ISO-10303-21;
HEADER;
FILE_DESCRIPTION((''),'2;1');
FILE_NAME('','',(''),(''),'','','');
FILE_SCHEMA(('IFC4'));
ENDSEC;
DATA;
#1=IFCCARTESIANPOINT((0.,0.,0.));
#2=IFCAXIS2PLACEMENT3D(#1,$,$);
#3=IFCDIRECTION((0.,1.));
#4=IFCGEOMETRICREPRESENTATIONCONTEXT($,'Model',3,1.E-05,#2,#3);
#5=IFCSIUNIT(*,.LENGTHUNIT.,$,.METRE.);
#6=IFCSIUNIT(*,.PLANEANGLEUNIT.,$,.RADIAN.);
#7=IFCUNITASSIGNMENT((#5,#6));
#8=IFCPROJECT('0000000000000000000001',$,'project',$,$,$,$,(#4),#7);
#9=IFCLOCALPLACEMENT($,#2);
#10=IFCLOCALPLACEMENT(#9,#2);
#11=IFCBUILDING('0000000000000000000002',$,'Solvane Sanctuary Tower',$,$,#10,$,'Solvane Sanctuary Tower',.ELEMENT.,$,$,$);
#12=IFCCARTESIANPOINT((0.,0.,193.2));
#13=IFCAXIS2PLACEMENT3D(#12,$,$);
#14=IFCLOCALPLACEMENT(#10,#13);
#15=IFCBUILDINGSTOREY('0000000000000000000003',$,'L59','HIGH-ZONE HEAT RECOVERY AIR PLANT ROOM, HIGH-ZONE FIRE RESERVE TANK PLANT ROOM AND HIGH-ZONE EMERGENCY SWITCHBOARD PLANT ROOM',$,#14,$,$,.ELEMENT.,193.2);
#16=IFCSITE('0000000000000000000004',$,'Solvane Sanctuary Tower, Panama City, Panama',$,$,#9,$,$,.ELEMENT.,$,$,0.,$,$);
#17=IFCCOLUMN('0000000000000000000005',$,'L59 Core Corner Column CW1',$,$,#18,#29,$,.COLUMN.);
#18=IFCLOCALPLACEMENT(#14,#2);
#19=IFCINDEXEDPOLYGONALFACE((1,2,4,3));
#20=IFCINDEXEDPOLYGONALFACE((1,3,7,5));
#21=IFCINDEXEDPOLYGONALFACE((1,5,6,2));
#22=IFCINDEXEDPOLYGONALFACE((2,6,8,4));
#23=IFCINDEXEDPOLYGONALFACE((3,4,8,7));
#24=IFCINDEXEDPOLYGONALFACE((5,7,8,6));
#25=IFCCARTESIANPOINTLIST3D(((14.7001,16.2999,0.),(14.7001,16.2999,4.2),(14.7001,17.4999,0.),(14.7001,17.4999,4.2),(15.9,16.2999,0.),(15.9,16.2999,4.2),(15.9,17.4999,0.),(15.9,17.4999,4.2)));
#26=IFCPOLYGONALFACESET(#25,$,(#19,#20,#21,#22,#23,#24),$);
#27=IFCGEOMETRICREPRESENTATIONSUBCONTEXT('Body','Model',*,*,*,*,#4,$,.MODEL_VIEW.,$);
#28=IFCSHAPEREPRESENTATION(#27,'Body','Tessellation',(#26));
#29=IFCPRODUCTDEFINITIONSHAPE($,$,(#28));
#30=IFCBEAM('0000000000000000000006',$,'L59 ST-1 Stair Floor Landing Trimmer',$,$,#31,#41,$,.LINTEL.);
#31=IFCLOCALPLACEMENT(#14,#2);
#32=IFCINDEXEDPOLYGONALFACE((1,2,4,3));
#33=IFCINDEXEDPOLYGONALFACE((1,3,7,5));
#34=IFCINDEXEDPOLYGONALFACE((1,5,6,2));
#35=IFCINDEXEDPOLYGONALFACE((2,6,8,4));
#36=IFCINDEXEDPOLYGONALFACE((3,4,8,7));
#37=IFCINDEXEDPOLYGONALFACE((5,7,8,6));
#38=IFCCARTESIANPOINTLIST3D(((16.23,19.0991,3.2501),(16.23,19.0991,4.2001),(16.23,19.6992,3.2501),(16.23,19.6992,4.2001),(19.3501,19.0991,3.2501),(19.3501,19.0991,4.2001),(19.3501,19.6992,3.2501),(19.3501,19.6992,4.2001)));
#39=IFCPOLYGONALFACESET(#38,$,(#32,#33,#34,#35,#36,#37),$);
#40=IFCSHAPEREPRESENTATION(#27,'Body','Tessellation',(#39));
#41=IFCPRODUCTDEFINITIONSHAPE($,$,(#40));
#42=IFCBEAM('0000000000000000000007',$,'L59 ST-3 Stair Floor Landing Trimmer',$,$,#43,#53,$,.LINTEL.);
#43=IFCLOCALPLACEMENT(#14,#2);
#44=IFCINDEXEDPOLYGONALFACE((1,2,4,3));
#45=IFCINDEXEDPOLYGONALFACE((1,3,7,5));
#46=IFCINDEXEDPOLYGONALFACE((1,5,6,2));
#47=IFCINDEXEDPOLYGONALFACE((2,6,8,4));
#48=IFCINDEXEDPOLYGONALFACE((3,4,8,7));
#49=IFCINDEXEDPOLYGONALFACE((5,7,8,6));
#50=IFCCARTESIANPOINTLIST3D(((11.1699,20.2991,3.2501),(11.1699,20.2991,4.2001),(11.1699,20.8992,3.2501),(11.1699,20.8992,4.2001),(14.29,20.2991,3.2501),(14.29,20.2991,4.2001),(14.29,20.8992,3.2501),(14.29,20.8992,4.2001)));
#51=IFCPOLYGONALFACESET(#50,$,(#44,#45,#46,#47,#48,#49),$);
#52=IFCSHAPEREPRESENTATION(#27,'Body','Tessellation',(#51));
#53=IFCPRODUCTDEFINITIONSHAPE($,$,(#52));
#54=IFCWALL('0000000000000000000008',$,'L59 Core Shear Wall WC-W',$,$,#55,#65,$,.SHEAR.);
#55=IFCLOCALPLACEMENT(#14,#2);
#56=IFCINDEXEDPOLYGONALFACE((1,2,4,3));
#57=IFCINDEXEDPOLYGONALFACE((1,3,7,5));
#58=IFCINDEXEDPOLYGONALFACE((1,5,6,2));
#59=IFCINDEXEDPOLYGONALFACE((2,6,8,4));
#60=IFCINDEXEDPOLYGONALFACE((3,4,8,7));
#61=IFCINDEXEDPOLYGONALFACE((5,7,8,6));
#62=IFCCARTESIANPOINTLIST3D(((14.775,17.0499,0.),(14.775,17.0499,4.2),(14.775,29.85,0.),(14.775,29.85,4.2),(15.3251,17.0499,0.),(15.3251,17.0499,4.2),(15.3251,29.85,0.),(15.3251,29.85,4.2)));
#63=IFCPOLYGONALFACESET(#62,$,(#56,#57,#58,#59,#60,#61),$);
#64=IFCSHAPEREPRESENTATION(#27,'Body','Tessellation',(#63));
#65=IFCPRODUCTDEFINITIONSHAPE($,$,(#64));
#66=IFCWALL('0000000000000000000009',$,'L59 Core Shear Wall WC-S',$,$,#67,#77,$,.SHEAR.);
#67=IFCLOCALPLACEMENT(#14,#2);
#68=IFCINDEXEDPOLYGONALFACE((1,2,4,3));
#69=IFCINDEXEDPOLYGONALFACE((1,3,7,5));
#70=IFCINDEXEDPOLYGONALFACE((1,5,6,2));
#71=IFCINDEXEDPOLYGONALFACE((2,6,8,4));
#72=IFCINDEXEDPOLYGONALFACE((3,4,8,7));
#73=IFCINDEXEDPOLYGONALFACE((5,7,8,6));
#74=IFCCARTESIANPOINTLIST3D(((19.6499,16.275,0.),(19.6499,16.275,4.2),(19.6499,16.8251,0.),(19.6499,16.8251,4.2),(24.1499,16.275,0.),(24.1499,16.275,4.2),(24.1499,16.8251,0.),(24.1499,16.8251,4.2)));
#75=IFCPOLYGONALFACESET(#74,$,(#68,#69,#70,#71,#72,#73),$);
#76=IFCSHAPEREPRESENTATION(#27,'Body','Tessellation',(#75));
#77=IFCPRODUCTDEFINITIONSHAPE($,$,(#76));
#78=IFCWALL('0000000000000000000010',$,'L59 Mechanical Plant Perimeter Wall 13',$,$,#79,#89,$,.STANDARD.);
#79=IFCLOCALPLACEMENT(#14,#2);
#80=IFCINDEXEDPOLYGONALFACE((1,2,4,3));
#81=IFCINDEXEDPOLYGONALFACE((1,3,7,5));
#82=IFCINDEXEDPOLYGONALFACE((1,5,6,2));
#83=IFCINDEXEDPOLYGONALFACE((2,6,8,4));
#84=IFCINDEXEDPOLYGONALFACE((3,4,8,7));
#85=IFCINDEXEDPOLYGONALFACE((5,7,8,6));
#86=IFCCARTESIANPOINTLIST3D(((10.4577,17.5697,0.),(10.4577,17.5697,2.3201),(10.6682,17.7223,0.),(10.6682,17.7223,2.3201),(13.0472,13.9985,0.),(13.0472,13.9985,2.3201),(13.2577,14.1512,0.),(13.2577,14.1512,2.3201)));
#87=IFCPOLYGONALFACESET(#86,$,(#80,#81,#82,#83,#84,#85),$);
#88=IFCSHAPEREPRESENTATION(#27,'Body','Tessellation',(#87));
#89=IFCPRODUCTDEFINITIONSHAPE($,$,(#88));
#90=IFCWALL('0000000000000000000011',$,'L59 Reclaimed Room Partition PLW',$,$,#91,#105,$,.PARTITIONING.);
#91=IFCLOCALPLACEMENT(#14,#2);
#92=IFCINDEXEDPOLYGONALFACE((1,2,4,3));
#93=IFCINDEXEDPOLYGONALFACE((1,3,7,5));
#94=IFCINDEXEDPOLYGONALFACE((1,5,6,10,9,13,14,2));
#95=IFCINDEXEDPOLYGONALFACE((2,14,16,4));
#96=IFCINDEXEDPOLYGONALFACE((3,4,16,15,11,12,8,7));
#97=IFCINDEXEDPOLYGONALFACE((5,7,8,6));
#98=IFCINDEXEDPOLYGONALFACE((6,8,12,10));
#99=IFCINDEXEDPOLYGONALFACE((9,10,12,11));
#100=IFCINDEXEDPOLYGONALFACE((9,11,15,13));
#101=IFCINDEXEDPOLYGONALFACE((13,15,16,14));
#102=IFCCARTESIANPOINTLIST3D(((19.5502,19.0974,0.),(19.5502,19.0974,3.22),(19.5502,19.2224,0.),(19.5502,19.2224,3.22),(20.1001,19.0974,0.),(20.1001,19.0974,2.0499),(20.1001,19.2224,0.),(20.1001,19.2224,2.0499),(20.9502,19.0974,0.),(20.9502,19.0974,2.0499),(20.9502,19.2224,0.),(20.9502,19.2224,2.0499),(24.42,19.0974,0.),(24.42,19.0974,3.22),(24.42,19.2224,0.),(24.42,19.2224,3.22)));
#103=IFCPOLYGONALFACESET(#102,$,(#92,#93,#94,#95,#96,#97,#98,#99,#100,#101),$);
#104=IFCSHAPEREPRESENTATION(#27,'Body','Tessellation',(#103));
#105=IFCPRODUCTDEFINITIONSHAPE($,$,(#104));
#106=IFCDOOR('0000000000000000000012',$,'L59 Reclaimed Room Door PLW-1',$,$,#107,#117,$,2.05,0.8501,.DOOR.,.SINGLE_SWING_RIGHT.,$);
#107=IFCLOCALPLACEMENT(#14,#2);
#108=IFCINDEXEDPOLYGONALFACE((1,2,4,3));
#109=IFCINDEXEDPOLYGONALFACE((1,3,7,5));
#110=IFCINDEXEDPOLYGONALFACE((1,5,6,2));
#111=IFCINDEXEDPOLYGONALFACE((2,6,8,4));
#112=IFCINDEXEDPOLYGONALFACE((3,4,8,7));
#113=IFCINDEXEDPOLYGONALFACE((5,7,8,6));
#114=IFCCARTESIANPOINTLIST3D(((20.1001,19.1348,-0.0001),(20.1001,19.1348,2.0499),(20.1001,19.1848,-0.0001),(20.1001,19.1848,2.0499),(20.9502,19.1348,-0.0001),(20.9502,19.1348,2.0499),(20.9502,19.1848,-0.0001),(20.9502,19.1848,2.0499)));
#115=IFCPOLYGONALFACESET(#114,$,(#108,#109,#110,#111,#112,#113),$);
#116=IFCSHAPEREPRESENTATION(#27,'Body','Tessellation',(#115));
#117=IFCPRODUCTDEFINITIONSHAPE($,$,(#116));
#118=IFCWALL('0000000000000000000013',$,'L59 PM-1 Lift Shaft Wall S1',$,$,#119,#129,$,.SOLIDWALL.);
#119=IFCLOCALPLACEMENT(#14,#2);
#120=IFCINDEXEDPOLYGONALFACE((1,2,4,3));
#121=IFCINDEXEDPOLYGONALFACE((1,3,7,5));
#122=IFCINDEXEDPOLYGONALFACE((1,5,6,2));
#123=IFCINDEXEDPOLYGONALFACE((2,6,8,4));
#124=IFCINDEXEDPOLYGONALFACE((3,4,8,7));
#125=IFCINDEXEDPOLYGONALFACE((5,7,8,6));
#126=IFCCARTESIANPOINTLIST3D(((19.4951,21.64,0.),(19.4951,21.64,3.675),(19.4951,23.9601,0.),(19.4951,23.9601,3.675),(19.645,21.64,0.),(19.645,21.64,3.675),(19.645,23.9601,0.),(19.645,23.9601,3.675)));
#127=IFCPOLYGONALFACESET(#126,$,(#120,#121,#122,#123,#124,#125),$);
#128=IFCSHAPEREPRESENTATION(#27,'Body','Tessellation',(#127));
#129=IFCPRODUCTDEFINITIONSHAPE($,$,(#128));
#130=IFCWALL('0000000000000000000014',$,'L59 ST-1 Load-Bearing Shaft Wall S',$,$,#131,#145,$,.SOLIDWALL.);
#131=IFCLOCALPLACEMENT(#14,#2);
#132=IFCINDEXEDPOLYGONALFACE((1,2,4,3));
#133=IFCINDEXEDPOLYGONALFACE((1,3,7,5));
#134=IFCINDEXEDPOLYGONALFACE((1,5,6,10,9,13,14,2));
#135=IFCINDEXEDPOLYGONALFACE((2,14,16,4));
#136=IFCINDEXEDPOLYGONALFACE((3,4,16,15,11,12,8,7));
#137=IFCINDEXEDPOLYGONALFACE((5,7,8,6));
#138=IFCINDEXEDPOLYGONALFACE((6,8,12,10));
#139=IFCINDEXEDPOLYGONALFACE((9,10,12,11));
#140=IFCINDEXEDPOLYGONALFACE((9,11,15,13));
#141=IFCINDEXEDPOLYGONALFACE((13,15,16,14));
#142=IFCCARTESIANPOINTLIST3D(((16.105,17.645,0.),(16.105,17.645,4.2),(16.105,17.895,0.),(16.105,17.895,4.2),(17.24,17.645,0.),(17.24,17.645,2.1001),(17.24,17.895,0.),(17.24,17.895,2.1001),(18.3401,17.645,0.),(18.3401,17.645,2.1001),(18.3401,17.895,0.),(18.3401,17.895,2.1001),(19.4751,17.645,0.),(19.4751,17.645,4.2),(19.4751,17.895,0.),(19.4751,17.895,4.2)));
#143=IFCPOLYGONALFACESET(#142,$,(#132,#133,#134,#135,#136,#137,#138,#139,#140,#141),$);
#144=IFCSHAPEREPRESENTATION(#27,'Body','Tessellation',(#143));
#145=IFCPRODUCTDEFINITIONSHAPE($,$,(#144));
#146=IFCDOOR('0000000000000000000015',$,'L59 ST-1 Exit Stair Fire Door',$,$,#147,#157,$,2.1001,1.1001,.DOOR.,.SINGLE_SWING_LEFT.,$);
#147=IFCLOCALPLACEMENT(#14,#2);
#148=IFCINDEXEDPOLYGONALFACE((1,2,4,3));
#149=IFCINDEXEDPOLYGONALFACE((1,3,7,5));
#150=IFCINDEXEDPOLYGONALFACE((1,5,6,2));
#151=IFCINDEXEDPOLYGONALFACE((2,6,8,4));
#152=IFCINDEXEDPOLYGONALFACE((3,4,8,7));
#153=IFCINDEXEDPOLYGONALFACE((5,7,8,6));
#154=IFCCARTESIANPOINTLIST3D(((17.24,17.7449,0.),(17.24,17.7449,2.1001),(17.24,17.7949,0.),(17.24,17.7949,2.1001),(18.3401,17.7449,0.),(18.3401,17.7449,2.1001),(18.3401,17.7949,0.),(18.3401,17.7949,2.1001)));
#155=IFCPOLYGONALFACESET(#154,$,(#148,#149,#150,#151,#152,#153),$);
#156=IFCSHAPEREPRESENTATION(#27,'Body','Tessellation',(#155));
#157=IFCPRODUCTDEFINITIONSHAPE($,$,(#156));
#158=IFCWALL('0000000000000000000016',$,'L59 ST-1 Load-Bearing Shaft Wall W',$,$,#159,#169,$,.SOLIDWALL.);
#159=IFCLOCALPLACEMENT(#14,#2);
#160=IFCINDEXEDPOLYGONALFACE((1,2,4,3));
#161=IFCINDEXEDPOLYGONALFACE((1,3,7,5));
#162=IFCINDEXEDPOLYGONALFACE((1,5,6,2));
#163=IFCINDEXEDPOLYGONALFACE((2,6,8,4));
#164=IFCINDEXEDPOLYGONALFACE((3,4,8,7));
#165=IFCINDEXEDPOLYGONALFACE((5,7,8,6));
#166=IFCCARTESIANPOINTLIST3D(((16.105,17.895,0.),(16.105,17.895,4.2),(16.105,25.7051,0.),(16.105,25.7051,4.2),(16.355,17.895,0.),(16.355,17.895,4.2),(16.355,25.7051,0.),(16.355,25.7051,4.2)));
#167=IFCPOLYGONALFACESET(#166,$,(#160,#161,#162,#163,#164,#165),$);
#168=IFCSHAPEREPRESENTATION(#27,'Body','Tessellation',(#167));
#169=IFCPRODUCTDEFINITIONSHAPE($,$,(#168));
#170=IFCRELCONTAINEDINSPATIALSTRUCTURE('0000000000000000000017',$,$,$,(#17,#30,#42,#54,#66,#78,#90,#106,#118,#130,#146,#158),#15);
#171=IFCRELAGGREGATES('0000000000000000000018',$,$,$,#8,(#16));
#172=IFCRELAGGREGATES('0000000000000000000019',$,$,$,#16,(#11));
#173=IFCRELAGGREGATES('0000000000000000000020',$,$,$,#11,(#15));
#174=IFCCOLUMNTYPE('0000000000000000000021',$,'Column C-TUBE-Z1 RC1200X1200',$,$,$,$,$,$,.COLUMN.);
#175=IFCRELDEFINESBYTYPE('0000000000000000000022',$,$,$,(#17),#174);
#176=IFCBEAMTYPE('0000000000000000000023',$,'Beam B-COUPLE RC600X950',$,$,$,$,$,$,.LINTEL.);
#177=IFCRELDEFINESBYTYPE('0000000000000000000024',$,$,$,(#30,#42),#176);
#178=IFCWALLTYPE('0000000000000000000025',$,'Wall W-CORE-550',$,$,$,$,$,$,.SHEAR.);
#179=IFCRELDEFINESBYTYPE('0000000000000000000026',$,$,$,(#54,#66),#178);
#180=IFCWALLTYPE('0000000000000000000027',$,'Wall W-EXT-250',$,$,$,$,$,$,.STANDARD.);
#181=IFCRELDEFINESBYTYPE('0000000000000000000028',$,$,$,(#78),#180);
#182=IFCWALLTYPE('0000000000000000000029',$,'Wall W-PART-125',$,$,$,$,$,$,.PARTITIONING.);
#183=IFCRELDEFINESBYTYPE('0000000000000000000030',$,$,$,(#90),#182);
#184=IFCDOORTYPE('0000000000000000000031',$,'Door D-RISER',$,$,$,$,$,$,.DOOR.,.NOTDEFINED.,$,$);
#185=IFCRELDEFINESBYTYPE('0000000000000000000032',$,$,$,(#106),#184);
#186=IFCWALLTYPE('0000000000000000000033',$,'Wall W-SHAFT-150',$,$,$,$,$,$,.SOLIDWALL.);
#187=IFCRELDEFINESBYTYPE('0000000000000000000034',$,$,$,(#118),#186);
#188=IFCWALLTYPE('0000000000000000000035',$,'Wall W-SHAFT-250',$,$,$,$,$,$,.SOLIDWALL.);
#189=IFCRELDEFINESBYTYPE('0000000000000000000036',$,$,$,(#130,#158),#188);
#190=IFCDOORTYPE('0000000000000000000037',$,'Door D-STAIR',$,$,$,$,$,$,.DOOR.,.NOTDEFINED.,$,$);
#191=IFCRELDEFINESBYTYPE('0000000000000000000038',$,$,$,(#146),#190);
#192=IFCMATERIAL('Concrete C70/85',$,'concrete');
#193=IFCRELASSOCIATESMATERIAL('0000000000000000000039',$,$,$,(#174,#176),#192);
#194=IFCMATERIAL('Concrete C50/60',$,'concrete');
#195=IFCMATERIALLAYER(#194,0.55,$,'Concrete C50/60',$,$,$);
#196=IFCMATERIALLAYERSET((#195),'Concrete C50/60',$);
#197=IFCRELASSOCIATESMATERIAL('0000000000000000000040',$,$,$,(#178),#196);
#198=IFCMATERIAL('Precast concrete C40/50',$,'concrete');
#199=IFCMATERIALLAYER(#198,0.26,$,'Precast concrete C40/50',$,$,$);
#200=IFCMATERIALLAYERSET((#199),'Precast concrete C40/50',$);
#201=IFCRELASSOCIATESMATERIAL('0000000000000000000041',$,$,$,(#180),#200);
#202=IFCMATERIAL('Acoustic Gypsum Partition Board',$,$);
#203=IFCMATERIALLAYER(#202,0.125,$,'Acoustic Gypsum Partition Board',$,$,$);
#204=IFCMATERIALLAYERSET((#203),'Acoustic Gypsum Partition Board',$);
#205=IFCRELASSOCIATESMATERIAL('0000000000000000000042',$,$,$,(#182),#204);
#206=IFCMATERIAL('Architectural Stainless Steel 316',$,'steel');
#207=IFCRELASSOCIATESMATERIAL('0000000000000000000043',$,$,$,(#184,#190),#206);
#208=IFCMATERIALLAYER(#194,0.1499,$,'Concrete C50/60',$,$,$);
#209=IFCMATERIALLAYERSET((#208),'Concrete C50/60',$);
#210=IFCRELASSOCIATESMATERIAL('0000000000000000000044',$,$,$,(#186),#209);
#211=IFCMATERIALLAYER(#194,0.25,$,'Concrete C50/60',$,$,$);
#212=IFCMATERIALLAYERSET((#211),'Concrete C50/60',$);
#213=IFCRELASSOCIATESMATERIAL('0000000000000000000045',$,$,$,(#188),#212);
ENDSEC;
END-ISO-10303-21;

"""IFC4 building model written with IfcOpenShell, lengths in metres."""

from ifc_helpers import new_model, si_unit, direction, frame, frame_2d, origin, origin_2d, place, context, subcontext, project, spatial, rectangle, extrude, material, layer, layer_set, material_profile, profile_set, type_object, element, fill, save


model = new_model("IFC4")

# Units and contexts
model_context = context("Model", 3, precision=1e-05, world=origin(), true_north=direction((0.0, 1.0)))
body_context = subcontext(model_context, "Body", "Model", "MODEL_VIEW")
ifc_project = project(units=[si_unit("LENGTHUNIT", "METRE"), si_unit("PLANEANGLEUNIT", "RADIAN")], contexts=[model_context])

# Site, building, storey
site_placement = place(None, origin())
site = spatial("IfcSite", under=ifc_project, at=site_placement, Name="Solvane Sanctuary Tower, Panama City, Panama", CompositionType="ELEMENT", RefElevation=0.0)
building_placement = place(site_placement, origin())
building = spatial("IfcBuilding", under=site, at=building_placement, Name="Solvane Sanctuary Tower", LongName="Solvane Sanctuary Tower", CompositionType="ELEMENT")
storey_placement = place(building_placement, frame((0.0, 0.0, 193.2)))
storey = spatial("IfcBuildingStorey", under=building, at=storey_placement, Name="L59", Description="HIGH-ZONE HEAT RECOVERY AIR PLANT ROOM, HIGH-ZONE FIRE RESERVE TANK PLANT ROOM AND HIGH-ZONE EMERGENCY SWITCHBOARD PLANT ROOM", CompositionType="ELEMENT", Elevation=193.2)

# Column
ifc_material_1 = material(Name="Concrete C70/85", Category="concrete")
ifc_material_profile_1 = material_profile(ifc_material_1, rectangle(XDim=1.2, YDim=1.2, at=origin_2d()), Name="RC1200X1200")
ifc_profile_set_1 = profile_set([ifc_material_profile_1], Name="Concrete C70/85")
column_type = type_object("IfcColumnType", Name="Column C-TUBE-Z1 RC1200X1200", PredefinedType="COLUMN", material=ifc_profile_set_1)
column_placement = place(storey_placement, frame((15.3, 16.8999, 0.0), z_axis=(0.0, 0.0, 1.0), x_axis=(1.0, 0.0, 0.0)))
element("IfcColumn", 1, at=column_placement, inside=storey, type_object=column_type, Name="L59 Core Corner Column CW1", PredefinedType="COLUMN", context=body_context, shape_type="SweptSolid", body=[
    extrude(rectangle(XDim=1.2, YDim=1.2, at=origin_2d()), origin(), (0.0, 0.0, 1.0), 4.2),
])

# Beams
ifc_material_profile_2 = material_profile(ifc_material_1, rectangle(XDim=0.6001, YDim=0.95, at=origin_2d()), Name="RC600X950")
ifc_profile_set_2 = profile_set([ifc_material_profile_2], Name="Concrete C70/85")
beam_type = type_object("IfcBeamType", Name="Beam B-COUPLE RC600X950", PredefinedType="LINTEL", material=ifc_profile_set_2)
for number, where, z_axis, x_axis, name in (
    (2, (16.23, 19.3992, 3.7251), (1.0, 0.0, 0.0), (0.0, 1.0, 0.0), "L59 ST-1 Stair Floor Landing Trimmer"),
    (3, (11.1699, 20.5991, 3.7251), (1.0, 0.0, 0.0), (0.0, 1.0, 0.0), "L59 ST-3 Stair Floor Landing Trimmer"),
):
    element("IfcBeam", number, at=place(storey_placement, frame(where, z_axis=z_axis, x_axis=x_axis)), inside=storey, type_object=beam_type, Name=name, PredefinedType="LINTEL", context=body_context, shape_type="SweptSolid", body=[
        extrude(rectangle(XDim=0.6001, YDim=0.95, at=origin_2d()), origin(), (0.0, 0.0, 1.0), 3.1201),
    ])

# Walls
ifc_material_2 = material(Name="Concrete C50/60", Category="concrete")
ifc_layer_1 = layer(ifc_material_2, 0.55, Name="Concrete C50/60")
ifc_layer_set_1 = layer_set([ifc_layer_1], Name="Concrete C50/60")
wall_type_1 = type_object("IfcWallType", Name="Wall W-CORE-550", PredefinedType="SHEAR", material=ifc_layer_set_1)
wall_1_placement = place(storey_placement, frame((15.05, 17.05, 0.0), z_axis=(0.0, 0.0, 1.0), x_axis=(0.0, 1.0, 0.0)))
element("IfcWall", 4, at=wall_1_placement, inside=storey, type_object=wall_type_1, Name="L59 Core Shear Wall WC-W", PredefinedType="SHEAR", context=body_context, shape_type="SweptSolid", body=[
    extrude(rectangle(XDim=12.8, YDim=0.55, at=frame_2d((6.3999, 0.0))), origin(), (0.0, 0.0, 1.0), 4.2),
])
wall_2_placement = place(storey_placement, frame((19.6499, 16.55, 0.0), z_axis=(0.0, 0.0, 1.0), x_axis=(1.0, 0.0, 0.0)))
element("IfcWall", 5, at=wall_2_placement, inside=storey, type_object=wall_type_1, Name="L59 Core Shear Wall WC-S", PredefinedType="SHEAR", context=body_context, shape_type="SweptSolid", body=[
    extrude(rectangle(XDim=4.5, YDim=0.55, at=frame_2d((2.25, 0.0))), origin(), (0.0, 0.0, 1.0), 4.2),
])
ifc_material_3 = material(Name="Precast concrete C40/50", Category="concrete")
ifc_layer_2 = layer(ifc_material_3, 0.26, Name="Precast concrete C40/50")
ifc_layer_set_2 = layer_set([ifc_layer_2], Name="Precast concrete C40/50")
wall_type_2 = type_object("IfcWallType", Name="Wall W-EXT-250", PredefinedType="STANDARD", material=ifc_layer_set_2)
wall_3_placement = place(storey_placement, frame((10.563, 17.646, 0.0), z_axis=(0.0, 0.0, 1.0), x_axis=(0.587019, -0.809573, 0.0)))
element("IfcWall", 6, at=wall_3_placement, inside=storey, type_object=wall_type_2, Name="L59 Mechanical Plant Perimeter Wall 13", PredefinedType="STANDARD", context=body_context, shape_type="SweptSolid", body=[
    extrude(rectangle(XDim=4.4111, YDim=0.26, at=frame_2d((2.2056, 0.0))), origin(), (0.0, 0.0, 1.0), 2.3201),
])

# Wall, opening, door
ifc_material_4 = material(Name="Acoustic Gypsum Partition Board")
ifc_layer_3 = layer(ifc_material_4, 0.125, Name="Acoustic Gypsum Partition Board")
ifc_layer_set_3 = layer_set([ifc_layer_3], Name="Acoustic Gypsum Partition Board")
wall_type_3 = type_object("IfcWallType", Name="Wall W-PART-125", PredefinedType="PARTITIONING", material=ifc_layer_set_3)
wall_4_placement = place(storey_placement, frame((19.55, 19.1599, 0.0), z_axis=(0.0, 0.0, 1.0), x_axis=(1.0, 0.0, 0.0)))
wall_4 = element("IfcWall", 7, at=wall_4_placement, inside=storey, type_object=wall_type_3, Name="L59 Reclaimed Room Partition PLW", PredefinedType="PARTITIONING", context=body_context, shape_type="SweptSolid", body=[
    extrude(rectangle(XDim=4.8699, YDim=0.125, at=frame_2d((2.4351, 0.0))), origin(), (0.0, 0.0, 1.0), 3.22),
])
opening_1_placement = place(wall_4_placement, frame((0.55, 0.0, 0.0)))
opening_1 = element("IfcOpeningElement", 8, at=opening_1_placement, cuts=wall_4, PredefinedType="OPENING", context=body_context, shape_type="SweptSolid", body=[
    extrude(rectangle(XDim=0.8501, YDim=2.05, at=frame_2d((0.425, 1.0249))), frame((0.0, 0.0725, 0.0), z_axis=(0.0, -1.0, 0.0), x_axis=(1.0, 0.0, 0.0)), (0.0, 0.0, 1.0), 0.145),
])
ifc_material_5 = material(Name="Architectural Stainless Steel 316", Category="steel")
door_type_1 = type_object("IfcDoorType", Name="Door D-RISER", OperationType="NOTDEFINED", PredefinedType="DOOR", material=ifc_material_5)
door_1_placement = place(opening_1_placement, origin())
door_1 = element("IfcDoor", 9, at=door_1_placement, inside=storey, type_object=door_type_1, Name="L59 Reclaimed Room Door PLW-1", OperationType="SINGLE_SWING_RIGHT", OverallHeight=2.05, OverallWidth=0.8501, PredefinedType="DOOR", context=body_context, shape_type="SweptSolid", body=[
    extrude(rectangle(XDim=0.8501, YDim=2.05, at=frame_2d((0.425, 1.0249))), frame((0.0, 0.0249, 0.0), z_axis=(0.0, -1.0, 0.0), x_axis=(1.0, 0.0, 0.0)), (0.0, 0.0, 1.0), 0.05),
])
fill(opening_1, door_1)

# Wall
ifc_layer_4 = layer(ifc_material_2, 0.1499, Name="Concrete C50/60")
ifc_layer_set_4 = layer_set([ifc_layer_4], Name="Concrete C50/60")
wall_type_4 = type_object("IfcWallType", Name="Wall W-SHAFT-150", PredefinedType="SOLIDWALL", material=ifc_layer_set_4)
wall_5_placement = place(storey_placement, frame((19.5701, 21.6399, 0.0), z_axis=(0.0, 0.0, 1.0), x_axis=(0.0, 1.0, 0.0)))
element("IfcWall", 10, at=wall_5_placement, inside=storey, type_object=wall_type_4, Name="L59 PM-1 Lift Shaft Wall S1", PredefinedType="SOLIDWALL", context=body_context, shape_type="SweptSolid", body=[
    extrude(rectangle(XDim=2.3201, YDim=0.1499, at=frame_2d((1.1602, 0.0))), origin(), (0.0, 0.0, 1.0), 3.675),
])

# Wall, opening, door
ifc_layer_5 = layer(ifc_material_2, 0.25, Name="Concrete C50/60")
ifc_layer_set_5 = layer_set([ifc_layer_5], Name="Concrete C50/60")
wall_type_5 = type_object("IfcWallType", Name="Wall W-SHAFT-250", PredefinedType="SOLIDWALL", material=ifc_layer_set_5)
wall_6_placement = place(storey_placement, frame((16.105, 17.77, 0.0), z_axis=(0.0, 0.0, 1.0), x_axis=(1.0, 0.0, 0.0)))
wall_6 = element("IfcWall", 11, at=wall_6_placement, inside=storey, type_object=wall_type_5, Name="L59 ST-1 Load-Bearing Shaft Wall S", PredefinedType="SOLIDWALL", context=body_context, shape_type="SweptSolid", body=[
    extrude(rectangle(XDim=3.3701, YDim=0.25, at=frame_2d((1.6851, 0.0))), origin(), (0.0, 0.0, 1.0), 4.2),
])
opening_2_placement = place(wall_6_placement, frame((1.135, 0.0, 0.0)))
opening_2 = element("IfcOpeningElement", 12, at=opening_2_placement, cuts=wall_6, PredefinedType="OPENING", context=body_context, shape_type="SweptSolid", body=[
    extrude(rectangle(XDim=1.1001, YDim=2.1001, at=frame_2d((0.55, 1.05))), frame((0.0, 0.135, 0.0), z_axis=(0.0, -1.0, 0.0), x_axis=(1.0, 0.0, 0.0)), (0.0, 0.0, 1.0), 0.27),
])
door_type_2 = type_object("IfcDoorType", Name="Door D-STAIR", OperationType="NOTDEFINED", PredefinedType="DOOR", material=ifc_material_5)
door_2_placement = place(opening_2_placement, origin())
door_2 = element("IfcDoor", 13, at=door_2_placement, inside=storey, type_object=door_type_2, Name="L59 ST-1 Exit Stair Fire Door", OperationType="SINGLE_SWING_LEFT", OverallHeight=2.1001, OverallWidth=1.1001, PredefinedType="DOOR", context=body_context, shape_type="SweptSolid", body=[
    extrude(rectangle(XDim=1.1001, YDim=2.1001, at=frame_2d((0.55, 1.05))), frame((0.0, 0.0249, 0.0), z_axis=(0.0, -1.0, 0.0), x_axis=(1.0, 0.0, 0.0)), (0.0, 0.0, 1.0), 0.05),
])
fill(opening_2, door_2)

# Wall
for number, where, z_axis, x_axis, name in (
    (14, (16.23, 17.895, 0.0), (0.0, 0.0, 1.0), (0.0, 1.0, 0.0), "L59 ST-1 Load-Bearing Shaft Wall W"),
):
    element("IfcWall", number, at=place(storey_placement, frame(where, z_axis=z_axis, x_axis=x_axis)), inside=storey, type_object=wall_type_5, Name=name, PredefinedType="SOLIDWALL", context=body_context, shape_type="SweptSolid", body=[
        extrude(rectangle(XDim=7.8101, YDim=0.25, at=frame_2d((3.905, 0.0))), origin(), (0.0, 0.0, 1.0), 4.2),
    ])

save(model, "model.ifc")
